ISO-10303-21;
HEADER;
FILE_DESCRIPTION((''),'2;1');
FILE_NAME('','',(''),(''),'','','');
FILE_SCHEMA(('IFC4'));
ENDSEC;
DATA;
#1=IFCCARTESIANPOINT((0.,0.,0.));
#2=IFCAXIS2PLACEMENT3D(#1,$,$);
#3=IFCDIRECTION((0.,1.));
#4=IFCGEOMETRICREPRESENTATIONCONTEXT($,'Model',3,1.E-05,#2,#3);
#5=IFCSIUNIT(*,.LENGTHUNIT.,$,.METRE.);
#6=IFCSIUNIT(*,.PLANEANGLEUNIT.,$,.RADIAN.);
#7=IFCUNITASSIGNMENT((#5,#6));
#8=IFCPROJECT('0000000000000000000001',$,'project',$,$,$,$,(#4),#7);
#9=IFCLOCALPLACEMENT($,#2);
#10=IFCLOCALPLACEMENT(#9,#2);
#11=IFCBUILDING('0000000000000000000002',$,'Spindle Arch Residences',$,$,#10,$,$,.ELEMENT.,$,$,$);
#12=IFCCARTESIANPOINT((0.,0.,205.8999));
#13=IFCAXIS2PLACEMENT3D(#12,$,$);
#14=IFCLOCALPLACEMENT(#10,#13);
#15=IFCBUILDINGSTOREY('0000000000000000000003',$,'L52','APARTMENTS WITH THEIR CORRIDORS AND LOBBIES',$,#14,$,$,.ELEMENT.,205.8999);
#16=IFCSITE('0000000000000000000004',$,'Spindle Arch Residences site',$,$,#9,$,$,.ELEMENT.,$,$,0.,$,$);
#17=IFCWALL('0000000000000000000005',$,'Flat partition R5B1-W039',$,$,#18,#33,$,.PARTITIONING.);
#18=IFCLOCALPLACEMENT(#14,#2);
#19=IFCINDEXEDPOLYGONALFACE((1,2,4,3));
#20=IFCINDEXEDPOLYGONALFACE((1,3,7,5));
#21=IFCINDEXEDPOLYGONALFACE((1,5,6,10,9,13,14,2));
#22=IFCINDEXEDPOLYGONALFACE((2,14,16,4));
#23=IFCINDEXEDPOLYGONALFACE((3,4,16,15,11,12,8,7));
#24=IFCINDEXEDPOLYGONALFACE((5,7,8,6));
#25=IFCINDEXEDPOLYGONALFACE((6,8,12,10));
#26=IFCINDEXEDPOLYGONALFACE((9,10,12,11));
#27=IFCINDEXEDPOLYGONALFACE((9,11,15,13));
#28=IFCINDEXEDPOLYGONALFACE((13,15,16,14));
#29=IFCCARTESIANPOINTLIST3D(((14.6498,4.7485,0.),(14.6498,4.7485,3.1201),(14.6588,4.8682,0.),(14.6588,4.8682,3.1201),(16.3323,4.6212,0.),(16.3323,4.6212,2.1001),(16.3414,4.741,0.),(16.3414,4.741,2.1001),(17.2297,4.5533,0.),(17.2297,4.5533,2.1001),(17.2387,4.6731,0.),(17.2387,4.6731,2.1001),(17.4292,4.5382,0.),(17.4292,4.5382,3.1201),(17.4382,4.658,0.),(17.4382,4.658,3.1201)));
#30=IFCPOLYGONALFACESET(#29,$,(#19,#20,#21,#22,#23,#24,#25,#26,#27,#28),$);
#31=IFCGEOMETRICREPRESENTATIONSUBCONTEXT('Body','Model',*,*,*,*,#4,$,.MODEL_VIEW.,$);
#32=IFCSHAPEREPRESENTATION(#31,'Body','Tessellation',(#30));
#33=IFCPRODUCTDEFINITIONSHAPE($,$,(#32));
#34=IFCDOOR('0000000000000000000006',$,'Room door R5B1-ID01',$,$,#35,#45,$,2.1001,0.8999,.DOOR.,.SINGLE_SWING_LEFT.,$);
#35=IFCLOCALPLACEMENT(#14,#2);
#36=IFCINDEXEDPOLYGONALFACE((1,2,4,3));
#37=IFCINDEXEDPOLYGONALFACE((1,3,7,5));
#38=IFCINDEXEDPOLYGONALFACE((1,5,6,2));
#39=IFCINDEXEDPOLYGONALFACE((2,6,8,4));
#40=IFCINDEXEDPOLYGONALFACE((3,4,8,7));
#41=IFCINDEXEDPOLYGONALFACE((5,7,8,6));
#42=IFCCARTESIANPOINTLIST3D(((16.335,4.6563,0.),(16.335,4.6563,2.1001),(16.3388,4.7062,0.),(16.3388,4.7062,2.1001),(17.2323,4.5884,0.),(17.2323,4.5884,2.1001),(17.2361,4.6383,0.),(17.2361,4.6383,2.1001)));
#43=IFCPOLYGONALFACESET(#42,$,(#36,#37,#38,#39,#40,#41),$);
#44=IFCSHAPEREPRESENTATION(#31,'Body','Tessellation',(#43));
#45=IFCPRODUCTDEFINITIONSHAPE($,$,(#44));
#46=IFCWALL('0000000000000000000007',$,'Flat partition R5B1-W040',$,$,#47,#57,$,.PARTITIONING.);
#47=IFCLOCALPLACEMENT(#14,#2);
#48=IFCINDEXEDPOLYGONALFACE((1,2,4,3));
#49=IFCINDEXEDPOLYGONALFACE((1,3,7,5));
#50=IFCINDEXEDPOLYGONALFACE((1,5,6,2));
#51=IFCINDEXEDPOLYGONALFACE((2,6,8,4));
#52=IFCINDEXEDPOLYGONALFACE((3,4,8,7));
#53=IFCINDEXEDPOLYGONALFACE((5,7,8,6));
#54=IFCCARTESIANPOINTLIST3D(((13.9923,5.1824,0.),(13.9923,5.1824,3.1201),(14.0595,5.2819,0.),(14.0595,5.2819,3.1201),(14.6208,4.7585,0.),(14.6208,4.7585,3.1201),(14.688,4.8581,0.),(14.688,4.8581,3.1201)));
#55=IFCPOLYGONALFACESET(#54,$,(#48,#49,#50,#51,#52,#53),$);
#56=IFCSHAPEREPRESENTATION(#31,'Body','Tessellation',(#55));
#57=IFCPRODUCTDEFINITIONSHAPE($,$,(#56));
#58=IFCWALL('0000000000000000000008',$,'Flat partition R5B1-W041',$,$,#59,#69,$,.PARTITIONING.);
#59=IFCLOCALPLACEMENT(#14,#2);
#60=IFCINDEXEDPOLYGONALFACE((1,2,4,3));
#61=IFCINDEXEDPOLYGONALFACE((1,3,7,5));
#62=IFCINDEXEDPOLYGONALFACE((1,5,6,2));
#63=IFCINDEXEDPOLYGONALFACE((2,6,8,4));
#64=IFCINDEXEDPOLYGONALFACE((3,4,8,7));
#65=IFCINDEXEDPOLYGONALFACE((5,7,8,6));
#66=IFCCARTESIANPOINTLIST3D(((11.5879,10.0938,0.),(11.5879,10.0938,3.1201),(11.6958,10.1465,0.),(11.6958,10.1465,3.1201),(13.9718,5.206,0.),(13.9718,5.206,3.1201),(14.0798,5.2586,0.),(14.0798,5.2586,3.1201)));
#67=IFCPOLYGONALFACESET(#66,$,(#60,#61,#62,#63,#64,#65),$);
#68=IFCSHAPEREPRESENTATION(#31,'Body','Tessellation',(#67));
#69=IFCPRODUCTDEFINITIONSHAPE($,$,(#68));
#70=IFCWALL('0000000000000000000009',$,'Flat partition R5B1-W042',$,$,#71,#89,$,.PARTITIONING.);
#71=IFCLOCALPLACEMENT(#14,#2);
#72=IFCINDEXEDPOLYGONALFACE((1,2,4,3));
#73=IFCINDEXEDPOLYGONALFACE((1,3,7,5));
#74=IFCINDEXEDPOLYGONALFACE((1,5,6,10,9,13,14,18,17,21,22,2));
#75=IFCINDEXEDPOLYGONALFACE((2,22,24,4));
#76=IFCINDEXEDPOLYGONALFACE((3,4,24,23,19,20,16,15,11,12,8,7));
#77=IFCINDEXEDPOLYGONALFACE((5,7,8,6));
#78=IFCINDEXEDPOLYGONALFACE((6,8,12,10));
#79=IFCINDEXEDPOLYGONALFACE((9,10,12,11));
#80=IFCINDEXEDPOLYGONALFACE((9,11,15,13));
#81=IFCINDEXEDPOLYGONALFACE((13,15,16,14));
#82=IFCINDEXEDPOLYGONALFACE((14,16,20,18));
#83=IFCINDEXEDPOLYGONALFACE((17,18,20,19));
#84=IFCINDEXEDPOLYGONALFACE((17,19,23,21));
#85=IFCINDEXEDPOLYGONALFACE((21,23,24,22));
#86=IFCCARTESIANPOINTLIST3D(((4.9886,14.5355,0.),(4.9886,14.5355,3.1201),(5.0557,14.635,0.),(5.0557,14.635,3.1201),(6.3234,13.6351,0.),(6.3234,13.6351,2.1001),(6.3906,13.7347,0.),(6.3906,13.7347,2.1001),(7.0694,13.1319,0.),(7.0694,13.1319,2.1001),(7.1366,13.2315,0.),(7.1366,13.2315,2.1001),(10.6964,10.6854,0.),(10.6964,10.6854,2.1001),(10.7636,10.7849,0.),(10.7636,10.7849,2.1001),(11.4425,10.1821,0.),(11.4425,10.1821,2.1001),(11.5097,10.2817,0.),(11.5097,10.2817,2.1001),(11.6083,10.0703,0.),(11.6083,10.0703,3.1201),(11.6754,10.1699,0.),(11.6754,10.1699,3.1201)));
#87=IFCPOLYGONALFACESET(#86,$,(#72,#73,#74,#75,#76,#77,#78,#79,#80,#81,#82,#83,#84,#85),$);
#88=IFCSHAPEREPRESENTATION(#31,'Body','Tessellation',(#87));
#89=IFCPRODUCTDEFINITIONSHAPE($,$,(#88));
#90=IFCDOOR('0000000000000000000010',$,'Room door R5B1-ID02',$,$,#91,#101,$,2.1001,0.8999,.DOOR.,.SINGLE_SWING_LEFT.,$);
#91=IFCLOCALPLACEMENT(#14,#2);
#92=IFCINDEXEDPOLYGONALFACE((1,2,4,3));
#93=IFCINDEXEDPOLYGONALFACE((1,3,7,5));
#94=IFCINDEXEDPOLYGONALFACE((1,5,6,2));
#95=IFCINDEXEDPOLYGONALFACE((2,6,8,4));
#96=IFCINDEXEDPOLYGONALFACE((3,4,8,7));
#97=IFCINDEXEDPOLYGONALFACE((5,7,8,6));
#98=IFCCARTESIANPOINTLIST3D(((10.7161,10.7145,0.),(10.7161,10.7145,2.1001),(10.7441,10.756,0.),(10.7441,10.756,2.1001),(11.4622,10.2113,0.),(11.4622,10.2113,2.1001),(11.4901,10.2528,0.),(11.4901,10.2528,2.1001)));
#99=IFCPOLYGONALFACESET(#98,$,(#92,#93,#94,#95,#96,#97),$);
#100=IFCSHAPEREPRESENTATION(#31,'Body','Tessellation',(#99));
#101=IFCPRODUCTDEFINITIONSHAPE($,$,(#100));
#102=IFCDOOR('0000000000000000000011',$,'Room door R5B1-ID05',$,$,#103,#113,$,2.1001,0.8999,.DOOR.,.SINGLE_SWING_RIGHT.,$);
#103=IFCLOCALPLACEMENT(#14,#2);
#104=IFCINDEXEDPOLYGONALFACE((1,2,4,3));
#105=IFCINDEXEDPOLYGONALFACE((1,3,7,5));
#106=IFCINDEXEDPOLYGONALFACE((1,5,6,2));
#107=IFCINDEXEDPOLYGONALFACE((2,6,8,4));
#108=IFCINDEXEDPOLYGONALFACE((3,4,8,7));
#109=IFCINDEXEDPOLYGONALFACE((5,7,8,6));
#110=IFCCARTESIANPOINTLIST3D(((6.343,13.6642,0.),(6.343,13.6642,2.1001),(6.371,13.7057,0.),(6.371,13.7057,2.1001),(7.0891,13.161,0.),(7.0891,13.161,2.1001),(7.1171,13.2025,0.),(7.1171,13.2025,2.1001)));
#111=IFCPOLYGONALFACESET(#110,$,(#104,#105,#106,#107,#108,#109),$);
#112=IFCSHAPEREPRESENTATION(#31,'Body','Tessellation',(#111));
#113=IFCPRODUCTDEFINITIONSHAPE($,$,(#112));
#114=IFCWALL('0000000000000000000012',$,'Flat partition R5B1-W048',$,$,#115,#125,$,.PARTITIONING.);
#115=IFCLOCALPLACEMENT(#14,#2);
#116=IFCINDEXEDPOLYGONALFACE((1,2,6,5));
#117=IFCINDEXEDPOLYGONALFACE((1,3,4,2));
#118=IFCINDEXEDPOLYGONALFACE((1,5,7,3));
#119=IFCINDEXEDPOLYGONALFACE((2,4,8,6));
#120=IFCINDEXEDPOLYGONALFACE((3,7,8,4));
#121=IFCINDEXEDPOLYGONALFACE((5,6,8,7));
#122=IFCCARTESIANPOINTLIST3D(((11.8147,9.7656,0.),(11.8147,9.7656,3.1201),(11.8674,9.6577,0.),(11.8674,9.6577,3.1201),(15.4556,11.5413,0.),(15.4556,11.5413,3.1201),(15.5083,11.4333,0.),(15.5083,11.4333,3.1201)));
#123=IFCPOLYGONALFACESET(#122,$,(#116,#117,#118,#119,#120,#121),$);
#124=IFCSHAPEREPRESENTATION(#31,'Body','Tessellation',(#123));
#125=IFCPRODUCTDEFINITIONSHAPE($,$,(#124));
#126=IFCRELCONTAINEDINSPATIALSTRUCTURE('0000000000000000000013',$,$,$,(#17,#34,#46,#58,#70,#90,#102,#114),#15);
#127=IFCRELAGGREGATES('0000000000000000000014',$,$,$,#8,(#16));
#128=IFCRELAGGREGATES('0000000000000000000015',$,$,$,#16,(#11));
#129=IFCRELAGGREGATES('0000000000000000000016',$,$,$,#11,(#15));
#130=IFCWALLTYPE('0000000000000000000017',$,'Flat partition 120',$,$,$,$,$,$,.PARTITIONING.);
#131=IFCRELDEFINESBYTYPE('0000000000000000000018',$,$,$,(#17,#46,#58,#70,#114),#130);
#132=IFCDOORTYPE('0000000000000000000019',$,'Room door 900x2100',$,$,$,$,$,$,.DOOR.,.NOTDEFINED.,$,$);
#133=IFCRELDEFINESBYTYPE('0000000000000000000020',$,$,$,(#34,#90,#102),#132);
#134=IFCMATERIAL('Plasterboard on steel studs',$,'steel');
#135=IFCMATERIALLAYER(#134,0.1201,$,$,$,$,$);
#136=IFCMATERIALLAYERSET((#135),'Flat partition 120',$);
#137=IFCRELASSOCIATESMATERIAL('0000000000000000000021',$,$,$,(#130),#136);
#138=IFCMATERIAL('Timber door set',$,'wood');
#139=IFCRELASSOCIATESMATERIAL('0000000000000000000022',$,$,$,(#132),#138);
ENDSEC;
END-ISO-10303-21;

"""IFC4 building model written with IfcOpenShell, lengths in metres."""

from ifc_helpers import new_model, si_unit, direction, frame, frame_2d, origin, place, context, subcontext, project, spatial, rectangle, extrude, material, layer, layer_set, type_object, element, fill, save


model = new_model("IFC4")

# Units and contexts
model_context = context("Model", 3, precision=1e-05, world=origin(), true_north=direction((0.0, 1.0)))
body_context = subcontext(model_context, "Body", "Model", "MODEL_VIEW")
ifc_project = project(units=[si_unit("LENGTHUNIT", "METRE"), si_unit("PLANEANGLEUNIT", "RADIAN")], contexts=[model_context])

# Site, building, storey
site_placement = place(None, origin())
site = spatial("IfcSite", under=ifc_project, at=site_placement, Name="Spindle Arch Residences site", CompositionType="ELEMENT", RefElevation=0.0)
building_placement = place(site_placement, origin())
building = spatial("IfcBuilding", under=site, at=building_placement, Name="Spindle Arch Residences", CompositionType="ELEMENT")
storey_placement = place(building_placement, frame((0.0, 0.0, 205.8999)))
storey = spatial("IfcBuildingStorey", under=building, at=storey_placement, Name="L52", Description="APARTMENTS WITH THEIR CORRIDORS AND LOBBIES", CompositionType="ELEMENT", Elevation=205.8999)

# Shared definitions
ifc_material_1 = material(Name="Plasterboard on steel studs", Category="steel")
ifc_layer_1 = layer(ifc_material_1, 0.1201)
ifc_layer_set_1 = layer_set([ifc_layer_1], Name="Flat partition 120")
wall_type_1 = type_object("IfcWallType", Name="Flat partition 120", PredefinedType="PARTITIONING", material=ifc_layer_set_1)

# Wall, opening, door
wall_1_placement = place(storey_placement, frame((17.4336, 4.5981, 0.0), z_axis=(0.0, 0.0, 1.0), x_axis=(-0.997152, 0.075417, 0.0)))
wall_1 = element("IfcWall", 1, at=wall_1_placement, inside=storey, type_object=wall_type_1, Name="Flat partition R5B1-W039", PredefinedType="PARTITIONING", context=body_context, shape_type="SweptSolid", body=[
    extrude(rectangle(XDim=2.7874, YDim=0.1201, at=frame_2d((1.3936, 0.0))), origin(), (0.0, 0.0, 1.0), 3.1201),
])
opening_1_placement = place(wall_1_placement, frame((0.2, 0.0, 0.0)))
opening_1 = element("IfcOpeningElement", 2, at=opening_1_placement, cuts=wall_1, PredefinedType="OPENING", context=body_context, shape_type="SweptSolid", body=[
    extrude(rectangle(XDim=0.8999, YDim=2.1001, at=frame_2d((0.45, 1.05))), frame((0.0, 0.0701, 0.0), z_axis=(0.0, -1.0, 0.0), x_axis=(1.0, 0.0, 0.0)), (0.0, 0.0, 1.0), 0.1401),
])
ifc_material_2 = material(Name="Timber door set", Category="wood")
door_type_1 = type_object("IfcDoorType", Name="Room door 900x2100", OperationType="NOTDEFINED", PredefinedType="DOOR", material=ifc_material_2)
door_1_placement = place(opening_1_placement, origin())
door_1 = element("IfcDoor", 3, at=door_1_placement, inside=storey, type_object=door_type_1, Name="Room door R5B1-ID01", OperationType="SINGLE_SWING_LEFT", OverallHeight=2.1001, OverallWidth=0.8999, PredefinedType="DOOR", context=body_context, shape_type="SweptSolid", body=[
    extrude(rectangle(XDim=0.8999, YDim=2.1001, at=frame_2d((0.45, 1.05))), frame((0.0, 0.0249, 0.0), z_axis=(0.0, -1.0, 0.0), x_axis=(1.0, 0.0, 0.0)), (0.0, 0.0, 1.0), 0.05),
])
fill(opening_1, door_1)

# Walls
wall_2_placement = place(storey_placement, frame((14.6543, 4.8083, 0.0), z_axis=(0.0, 0.0, 1.0), x_axis=(-0.829065, 0.559152, 0.0)))
element("IfcWall", 4, at=wall_2_placement, inside=storey, type_object=wall_type_1, Name="Flat partition R5B1-W040", PredefinedType="PARTITIONING", context=body_context, shape_type="SweptSolid", body=[
    extrude(rectangle(XDim=0.7581, YDim=0.1201, at=frame_2d((0.3789, 0.0))), origin(), (0.0, 0.0, 1.0), 3.1201),
])
wall_3_placement = place(storey_placement, frame((14.0259, 5.2322, 0.0), z_axis=(0.0, 0.0, 1.0), x_axis=(-0.438375, 0.898792, 0.0)))
element("IfcWall", 5, at=wall_3_placement, inside=storey, type_object=wall_type_1, Name="Flat partition R5B1-W041", PredefinedType="PARTITIONING", context=body_context, shape_type="SweptSolid", body=[
    extrude(rectangle(XDim=5.4382, YDim=0.1201, at=frame_2d((2.7192, 0.0))), origin(), (0.0, 0.0, 1.0), 3.1201),
])

# Wall, openings, doors
wall_4_placement = place(storey_placement, frame((11.6418, 10.1201, 0.0), z_axis=(0.0, 0.0, 1.0), x_axis=(-0.829032, 0.559201, 0.0)))
wall_4 = element("IfcWall", 6, at=wall_4_placement, inside=storey, type_object=wall_type_1, Name="Flat partition R5B1-W042", PredefinedType="PARTITIONING", context=body_context, shape_type="SweptSolid", body=[
    extrude(rectangle(XDim=7.9849, YDim=0.1201, at=frame_2d((3.9924, 0.0))), origin(), (0.0, 0.0, 1.0), 3.1201),
])
opening_2_placement = place(wall_4_placement, frame((0.2, 0.0, 0.0)))
opening_2 = element("IfcOpeningElement", 7, at=opening_2_placement, cuts=wall_4, PredefinedType="OPENING", context=body_context, shape_type="SweptSolid", body=[
    extrude(rectangle(XDim=0.8999, YDim=2.1001, at=frame_2d((0.45, 1.05))), frame((0.0, 0.0701, 0.0), z_axis=(0.0, -1.0, 0.0), x_axis=(1.0, 0.0, 0.0)), (0.0, 0.0, 1.0), 0.1401),
])
opening_3_placement = place(wall_4_placement, frame((5.4749, 0.0, 0.0)))
opening_3 = element("IfcOpeningElement", 8, at=opening_3_placement, cuts=wall_4, PredefinedType="OPENING", context=body_context, shape_type="SweptSolid", body=[
    extrude(rectangle(XDim=0.8999, YDim=2.1001, at=frame_2d((0.45, 1.05))), frame((0.0, 0.0701, 0.0), z_axis=(0.0, -1.0, 0.0), x_axis=(1.0, 0.0, 0.0)), (0.0, 0.0, 1.0), 0.1401),
])
door_2_placement = place(opening_2_placement, origin())
door_2 = element("IfcDoor", 9, at=door_2_placement, inside=storey, type_object=door_type_1, Name="Room door R5B1-ID02", OperationType="SINGLE_SWING_LEFT", OverallHeight=2.1001, OverallWidth=0.8999, PredefinedType="DOOR", context=body_context, shape_type="SweptSolid", body=[
    extrude(rectangle(XDim=0.8999, YDim=2.1001, at=frame_2d((0.45, 1.05))), frame((0.0, 0.0249, 0.0), z_axis=(0.0, -1.0, 0.0), x_axis=(1.0, 0.0, 0.0)), (0.0, 0.0, 1.0), 0.05),
])
fill(opening_2, door_2)
door_3_placement = place(opening_3_placement, origin())
door_3 = element("IfcDoor", 10, at=door_3_placement, inside=storey, type_object=door_type_1, Name="Room door R5B1-ID05", OperationType="SINGLE_SWING_RIGHT", OverallHeight=2.1001, OverallWidth=0.8999, PredefinedType="DOOR", context=body_context, shape_type="SweptSolid", body=[
    extrude(rectangle(XDim=0.8999, YDim=2.1001, at=frame_2d((0.45, 1.05))), frame((0.0, 0.0249, 0.0), z_axis=(0.0, -1.0, 0.0), x_axis=(1.0, 0.0, 0.0)), (0.0, 0.0, 1.0), 0.05),
])
fill(opening_3, door_3)

# Wall
wall_5_placement = place(storey_placement, frame((15.4819, 11.4873, 0.0), z_axis=(0.0, 0.0, 1.0), x_axis=(-0.898807, -0.438344, 0.0)))
element("IfcWall", 11, at=wall_5_placement, inside=storey, type_object=wall_type_1, Name="Flat partition R5B1-W048", PredefinedType="PARTITIONING", context=body_context, shape_type="SweptSolid", body=[
    extrude(rectangle(XDim=4.0508, YDim=0.1201, at=frame_2d((2.0254, 0.0))), origin(), (0.0, 0.0, 1.0), 3.1201),
])

save(model, "model.ifc")
